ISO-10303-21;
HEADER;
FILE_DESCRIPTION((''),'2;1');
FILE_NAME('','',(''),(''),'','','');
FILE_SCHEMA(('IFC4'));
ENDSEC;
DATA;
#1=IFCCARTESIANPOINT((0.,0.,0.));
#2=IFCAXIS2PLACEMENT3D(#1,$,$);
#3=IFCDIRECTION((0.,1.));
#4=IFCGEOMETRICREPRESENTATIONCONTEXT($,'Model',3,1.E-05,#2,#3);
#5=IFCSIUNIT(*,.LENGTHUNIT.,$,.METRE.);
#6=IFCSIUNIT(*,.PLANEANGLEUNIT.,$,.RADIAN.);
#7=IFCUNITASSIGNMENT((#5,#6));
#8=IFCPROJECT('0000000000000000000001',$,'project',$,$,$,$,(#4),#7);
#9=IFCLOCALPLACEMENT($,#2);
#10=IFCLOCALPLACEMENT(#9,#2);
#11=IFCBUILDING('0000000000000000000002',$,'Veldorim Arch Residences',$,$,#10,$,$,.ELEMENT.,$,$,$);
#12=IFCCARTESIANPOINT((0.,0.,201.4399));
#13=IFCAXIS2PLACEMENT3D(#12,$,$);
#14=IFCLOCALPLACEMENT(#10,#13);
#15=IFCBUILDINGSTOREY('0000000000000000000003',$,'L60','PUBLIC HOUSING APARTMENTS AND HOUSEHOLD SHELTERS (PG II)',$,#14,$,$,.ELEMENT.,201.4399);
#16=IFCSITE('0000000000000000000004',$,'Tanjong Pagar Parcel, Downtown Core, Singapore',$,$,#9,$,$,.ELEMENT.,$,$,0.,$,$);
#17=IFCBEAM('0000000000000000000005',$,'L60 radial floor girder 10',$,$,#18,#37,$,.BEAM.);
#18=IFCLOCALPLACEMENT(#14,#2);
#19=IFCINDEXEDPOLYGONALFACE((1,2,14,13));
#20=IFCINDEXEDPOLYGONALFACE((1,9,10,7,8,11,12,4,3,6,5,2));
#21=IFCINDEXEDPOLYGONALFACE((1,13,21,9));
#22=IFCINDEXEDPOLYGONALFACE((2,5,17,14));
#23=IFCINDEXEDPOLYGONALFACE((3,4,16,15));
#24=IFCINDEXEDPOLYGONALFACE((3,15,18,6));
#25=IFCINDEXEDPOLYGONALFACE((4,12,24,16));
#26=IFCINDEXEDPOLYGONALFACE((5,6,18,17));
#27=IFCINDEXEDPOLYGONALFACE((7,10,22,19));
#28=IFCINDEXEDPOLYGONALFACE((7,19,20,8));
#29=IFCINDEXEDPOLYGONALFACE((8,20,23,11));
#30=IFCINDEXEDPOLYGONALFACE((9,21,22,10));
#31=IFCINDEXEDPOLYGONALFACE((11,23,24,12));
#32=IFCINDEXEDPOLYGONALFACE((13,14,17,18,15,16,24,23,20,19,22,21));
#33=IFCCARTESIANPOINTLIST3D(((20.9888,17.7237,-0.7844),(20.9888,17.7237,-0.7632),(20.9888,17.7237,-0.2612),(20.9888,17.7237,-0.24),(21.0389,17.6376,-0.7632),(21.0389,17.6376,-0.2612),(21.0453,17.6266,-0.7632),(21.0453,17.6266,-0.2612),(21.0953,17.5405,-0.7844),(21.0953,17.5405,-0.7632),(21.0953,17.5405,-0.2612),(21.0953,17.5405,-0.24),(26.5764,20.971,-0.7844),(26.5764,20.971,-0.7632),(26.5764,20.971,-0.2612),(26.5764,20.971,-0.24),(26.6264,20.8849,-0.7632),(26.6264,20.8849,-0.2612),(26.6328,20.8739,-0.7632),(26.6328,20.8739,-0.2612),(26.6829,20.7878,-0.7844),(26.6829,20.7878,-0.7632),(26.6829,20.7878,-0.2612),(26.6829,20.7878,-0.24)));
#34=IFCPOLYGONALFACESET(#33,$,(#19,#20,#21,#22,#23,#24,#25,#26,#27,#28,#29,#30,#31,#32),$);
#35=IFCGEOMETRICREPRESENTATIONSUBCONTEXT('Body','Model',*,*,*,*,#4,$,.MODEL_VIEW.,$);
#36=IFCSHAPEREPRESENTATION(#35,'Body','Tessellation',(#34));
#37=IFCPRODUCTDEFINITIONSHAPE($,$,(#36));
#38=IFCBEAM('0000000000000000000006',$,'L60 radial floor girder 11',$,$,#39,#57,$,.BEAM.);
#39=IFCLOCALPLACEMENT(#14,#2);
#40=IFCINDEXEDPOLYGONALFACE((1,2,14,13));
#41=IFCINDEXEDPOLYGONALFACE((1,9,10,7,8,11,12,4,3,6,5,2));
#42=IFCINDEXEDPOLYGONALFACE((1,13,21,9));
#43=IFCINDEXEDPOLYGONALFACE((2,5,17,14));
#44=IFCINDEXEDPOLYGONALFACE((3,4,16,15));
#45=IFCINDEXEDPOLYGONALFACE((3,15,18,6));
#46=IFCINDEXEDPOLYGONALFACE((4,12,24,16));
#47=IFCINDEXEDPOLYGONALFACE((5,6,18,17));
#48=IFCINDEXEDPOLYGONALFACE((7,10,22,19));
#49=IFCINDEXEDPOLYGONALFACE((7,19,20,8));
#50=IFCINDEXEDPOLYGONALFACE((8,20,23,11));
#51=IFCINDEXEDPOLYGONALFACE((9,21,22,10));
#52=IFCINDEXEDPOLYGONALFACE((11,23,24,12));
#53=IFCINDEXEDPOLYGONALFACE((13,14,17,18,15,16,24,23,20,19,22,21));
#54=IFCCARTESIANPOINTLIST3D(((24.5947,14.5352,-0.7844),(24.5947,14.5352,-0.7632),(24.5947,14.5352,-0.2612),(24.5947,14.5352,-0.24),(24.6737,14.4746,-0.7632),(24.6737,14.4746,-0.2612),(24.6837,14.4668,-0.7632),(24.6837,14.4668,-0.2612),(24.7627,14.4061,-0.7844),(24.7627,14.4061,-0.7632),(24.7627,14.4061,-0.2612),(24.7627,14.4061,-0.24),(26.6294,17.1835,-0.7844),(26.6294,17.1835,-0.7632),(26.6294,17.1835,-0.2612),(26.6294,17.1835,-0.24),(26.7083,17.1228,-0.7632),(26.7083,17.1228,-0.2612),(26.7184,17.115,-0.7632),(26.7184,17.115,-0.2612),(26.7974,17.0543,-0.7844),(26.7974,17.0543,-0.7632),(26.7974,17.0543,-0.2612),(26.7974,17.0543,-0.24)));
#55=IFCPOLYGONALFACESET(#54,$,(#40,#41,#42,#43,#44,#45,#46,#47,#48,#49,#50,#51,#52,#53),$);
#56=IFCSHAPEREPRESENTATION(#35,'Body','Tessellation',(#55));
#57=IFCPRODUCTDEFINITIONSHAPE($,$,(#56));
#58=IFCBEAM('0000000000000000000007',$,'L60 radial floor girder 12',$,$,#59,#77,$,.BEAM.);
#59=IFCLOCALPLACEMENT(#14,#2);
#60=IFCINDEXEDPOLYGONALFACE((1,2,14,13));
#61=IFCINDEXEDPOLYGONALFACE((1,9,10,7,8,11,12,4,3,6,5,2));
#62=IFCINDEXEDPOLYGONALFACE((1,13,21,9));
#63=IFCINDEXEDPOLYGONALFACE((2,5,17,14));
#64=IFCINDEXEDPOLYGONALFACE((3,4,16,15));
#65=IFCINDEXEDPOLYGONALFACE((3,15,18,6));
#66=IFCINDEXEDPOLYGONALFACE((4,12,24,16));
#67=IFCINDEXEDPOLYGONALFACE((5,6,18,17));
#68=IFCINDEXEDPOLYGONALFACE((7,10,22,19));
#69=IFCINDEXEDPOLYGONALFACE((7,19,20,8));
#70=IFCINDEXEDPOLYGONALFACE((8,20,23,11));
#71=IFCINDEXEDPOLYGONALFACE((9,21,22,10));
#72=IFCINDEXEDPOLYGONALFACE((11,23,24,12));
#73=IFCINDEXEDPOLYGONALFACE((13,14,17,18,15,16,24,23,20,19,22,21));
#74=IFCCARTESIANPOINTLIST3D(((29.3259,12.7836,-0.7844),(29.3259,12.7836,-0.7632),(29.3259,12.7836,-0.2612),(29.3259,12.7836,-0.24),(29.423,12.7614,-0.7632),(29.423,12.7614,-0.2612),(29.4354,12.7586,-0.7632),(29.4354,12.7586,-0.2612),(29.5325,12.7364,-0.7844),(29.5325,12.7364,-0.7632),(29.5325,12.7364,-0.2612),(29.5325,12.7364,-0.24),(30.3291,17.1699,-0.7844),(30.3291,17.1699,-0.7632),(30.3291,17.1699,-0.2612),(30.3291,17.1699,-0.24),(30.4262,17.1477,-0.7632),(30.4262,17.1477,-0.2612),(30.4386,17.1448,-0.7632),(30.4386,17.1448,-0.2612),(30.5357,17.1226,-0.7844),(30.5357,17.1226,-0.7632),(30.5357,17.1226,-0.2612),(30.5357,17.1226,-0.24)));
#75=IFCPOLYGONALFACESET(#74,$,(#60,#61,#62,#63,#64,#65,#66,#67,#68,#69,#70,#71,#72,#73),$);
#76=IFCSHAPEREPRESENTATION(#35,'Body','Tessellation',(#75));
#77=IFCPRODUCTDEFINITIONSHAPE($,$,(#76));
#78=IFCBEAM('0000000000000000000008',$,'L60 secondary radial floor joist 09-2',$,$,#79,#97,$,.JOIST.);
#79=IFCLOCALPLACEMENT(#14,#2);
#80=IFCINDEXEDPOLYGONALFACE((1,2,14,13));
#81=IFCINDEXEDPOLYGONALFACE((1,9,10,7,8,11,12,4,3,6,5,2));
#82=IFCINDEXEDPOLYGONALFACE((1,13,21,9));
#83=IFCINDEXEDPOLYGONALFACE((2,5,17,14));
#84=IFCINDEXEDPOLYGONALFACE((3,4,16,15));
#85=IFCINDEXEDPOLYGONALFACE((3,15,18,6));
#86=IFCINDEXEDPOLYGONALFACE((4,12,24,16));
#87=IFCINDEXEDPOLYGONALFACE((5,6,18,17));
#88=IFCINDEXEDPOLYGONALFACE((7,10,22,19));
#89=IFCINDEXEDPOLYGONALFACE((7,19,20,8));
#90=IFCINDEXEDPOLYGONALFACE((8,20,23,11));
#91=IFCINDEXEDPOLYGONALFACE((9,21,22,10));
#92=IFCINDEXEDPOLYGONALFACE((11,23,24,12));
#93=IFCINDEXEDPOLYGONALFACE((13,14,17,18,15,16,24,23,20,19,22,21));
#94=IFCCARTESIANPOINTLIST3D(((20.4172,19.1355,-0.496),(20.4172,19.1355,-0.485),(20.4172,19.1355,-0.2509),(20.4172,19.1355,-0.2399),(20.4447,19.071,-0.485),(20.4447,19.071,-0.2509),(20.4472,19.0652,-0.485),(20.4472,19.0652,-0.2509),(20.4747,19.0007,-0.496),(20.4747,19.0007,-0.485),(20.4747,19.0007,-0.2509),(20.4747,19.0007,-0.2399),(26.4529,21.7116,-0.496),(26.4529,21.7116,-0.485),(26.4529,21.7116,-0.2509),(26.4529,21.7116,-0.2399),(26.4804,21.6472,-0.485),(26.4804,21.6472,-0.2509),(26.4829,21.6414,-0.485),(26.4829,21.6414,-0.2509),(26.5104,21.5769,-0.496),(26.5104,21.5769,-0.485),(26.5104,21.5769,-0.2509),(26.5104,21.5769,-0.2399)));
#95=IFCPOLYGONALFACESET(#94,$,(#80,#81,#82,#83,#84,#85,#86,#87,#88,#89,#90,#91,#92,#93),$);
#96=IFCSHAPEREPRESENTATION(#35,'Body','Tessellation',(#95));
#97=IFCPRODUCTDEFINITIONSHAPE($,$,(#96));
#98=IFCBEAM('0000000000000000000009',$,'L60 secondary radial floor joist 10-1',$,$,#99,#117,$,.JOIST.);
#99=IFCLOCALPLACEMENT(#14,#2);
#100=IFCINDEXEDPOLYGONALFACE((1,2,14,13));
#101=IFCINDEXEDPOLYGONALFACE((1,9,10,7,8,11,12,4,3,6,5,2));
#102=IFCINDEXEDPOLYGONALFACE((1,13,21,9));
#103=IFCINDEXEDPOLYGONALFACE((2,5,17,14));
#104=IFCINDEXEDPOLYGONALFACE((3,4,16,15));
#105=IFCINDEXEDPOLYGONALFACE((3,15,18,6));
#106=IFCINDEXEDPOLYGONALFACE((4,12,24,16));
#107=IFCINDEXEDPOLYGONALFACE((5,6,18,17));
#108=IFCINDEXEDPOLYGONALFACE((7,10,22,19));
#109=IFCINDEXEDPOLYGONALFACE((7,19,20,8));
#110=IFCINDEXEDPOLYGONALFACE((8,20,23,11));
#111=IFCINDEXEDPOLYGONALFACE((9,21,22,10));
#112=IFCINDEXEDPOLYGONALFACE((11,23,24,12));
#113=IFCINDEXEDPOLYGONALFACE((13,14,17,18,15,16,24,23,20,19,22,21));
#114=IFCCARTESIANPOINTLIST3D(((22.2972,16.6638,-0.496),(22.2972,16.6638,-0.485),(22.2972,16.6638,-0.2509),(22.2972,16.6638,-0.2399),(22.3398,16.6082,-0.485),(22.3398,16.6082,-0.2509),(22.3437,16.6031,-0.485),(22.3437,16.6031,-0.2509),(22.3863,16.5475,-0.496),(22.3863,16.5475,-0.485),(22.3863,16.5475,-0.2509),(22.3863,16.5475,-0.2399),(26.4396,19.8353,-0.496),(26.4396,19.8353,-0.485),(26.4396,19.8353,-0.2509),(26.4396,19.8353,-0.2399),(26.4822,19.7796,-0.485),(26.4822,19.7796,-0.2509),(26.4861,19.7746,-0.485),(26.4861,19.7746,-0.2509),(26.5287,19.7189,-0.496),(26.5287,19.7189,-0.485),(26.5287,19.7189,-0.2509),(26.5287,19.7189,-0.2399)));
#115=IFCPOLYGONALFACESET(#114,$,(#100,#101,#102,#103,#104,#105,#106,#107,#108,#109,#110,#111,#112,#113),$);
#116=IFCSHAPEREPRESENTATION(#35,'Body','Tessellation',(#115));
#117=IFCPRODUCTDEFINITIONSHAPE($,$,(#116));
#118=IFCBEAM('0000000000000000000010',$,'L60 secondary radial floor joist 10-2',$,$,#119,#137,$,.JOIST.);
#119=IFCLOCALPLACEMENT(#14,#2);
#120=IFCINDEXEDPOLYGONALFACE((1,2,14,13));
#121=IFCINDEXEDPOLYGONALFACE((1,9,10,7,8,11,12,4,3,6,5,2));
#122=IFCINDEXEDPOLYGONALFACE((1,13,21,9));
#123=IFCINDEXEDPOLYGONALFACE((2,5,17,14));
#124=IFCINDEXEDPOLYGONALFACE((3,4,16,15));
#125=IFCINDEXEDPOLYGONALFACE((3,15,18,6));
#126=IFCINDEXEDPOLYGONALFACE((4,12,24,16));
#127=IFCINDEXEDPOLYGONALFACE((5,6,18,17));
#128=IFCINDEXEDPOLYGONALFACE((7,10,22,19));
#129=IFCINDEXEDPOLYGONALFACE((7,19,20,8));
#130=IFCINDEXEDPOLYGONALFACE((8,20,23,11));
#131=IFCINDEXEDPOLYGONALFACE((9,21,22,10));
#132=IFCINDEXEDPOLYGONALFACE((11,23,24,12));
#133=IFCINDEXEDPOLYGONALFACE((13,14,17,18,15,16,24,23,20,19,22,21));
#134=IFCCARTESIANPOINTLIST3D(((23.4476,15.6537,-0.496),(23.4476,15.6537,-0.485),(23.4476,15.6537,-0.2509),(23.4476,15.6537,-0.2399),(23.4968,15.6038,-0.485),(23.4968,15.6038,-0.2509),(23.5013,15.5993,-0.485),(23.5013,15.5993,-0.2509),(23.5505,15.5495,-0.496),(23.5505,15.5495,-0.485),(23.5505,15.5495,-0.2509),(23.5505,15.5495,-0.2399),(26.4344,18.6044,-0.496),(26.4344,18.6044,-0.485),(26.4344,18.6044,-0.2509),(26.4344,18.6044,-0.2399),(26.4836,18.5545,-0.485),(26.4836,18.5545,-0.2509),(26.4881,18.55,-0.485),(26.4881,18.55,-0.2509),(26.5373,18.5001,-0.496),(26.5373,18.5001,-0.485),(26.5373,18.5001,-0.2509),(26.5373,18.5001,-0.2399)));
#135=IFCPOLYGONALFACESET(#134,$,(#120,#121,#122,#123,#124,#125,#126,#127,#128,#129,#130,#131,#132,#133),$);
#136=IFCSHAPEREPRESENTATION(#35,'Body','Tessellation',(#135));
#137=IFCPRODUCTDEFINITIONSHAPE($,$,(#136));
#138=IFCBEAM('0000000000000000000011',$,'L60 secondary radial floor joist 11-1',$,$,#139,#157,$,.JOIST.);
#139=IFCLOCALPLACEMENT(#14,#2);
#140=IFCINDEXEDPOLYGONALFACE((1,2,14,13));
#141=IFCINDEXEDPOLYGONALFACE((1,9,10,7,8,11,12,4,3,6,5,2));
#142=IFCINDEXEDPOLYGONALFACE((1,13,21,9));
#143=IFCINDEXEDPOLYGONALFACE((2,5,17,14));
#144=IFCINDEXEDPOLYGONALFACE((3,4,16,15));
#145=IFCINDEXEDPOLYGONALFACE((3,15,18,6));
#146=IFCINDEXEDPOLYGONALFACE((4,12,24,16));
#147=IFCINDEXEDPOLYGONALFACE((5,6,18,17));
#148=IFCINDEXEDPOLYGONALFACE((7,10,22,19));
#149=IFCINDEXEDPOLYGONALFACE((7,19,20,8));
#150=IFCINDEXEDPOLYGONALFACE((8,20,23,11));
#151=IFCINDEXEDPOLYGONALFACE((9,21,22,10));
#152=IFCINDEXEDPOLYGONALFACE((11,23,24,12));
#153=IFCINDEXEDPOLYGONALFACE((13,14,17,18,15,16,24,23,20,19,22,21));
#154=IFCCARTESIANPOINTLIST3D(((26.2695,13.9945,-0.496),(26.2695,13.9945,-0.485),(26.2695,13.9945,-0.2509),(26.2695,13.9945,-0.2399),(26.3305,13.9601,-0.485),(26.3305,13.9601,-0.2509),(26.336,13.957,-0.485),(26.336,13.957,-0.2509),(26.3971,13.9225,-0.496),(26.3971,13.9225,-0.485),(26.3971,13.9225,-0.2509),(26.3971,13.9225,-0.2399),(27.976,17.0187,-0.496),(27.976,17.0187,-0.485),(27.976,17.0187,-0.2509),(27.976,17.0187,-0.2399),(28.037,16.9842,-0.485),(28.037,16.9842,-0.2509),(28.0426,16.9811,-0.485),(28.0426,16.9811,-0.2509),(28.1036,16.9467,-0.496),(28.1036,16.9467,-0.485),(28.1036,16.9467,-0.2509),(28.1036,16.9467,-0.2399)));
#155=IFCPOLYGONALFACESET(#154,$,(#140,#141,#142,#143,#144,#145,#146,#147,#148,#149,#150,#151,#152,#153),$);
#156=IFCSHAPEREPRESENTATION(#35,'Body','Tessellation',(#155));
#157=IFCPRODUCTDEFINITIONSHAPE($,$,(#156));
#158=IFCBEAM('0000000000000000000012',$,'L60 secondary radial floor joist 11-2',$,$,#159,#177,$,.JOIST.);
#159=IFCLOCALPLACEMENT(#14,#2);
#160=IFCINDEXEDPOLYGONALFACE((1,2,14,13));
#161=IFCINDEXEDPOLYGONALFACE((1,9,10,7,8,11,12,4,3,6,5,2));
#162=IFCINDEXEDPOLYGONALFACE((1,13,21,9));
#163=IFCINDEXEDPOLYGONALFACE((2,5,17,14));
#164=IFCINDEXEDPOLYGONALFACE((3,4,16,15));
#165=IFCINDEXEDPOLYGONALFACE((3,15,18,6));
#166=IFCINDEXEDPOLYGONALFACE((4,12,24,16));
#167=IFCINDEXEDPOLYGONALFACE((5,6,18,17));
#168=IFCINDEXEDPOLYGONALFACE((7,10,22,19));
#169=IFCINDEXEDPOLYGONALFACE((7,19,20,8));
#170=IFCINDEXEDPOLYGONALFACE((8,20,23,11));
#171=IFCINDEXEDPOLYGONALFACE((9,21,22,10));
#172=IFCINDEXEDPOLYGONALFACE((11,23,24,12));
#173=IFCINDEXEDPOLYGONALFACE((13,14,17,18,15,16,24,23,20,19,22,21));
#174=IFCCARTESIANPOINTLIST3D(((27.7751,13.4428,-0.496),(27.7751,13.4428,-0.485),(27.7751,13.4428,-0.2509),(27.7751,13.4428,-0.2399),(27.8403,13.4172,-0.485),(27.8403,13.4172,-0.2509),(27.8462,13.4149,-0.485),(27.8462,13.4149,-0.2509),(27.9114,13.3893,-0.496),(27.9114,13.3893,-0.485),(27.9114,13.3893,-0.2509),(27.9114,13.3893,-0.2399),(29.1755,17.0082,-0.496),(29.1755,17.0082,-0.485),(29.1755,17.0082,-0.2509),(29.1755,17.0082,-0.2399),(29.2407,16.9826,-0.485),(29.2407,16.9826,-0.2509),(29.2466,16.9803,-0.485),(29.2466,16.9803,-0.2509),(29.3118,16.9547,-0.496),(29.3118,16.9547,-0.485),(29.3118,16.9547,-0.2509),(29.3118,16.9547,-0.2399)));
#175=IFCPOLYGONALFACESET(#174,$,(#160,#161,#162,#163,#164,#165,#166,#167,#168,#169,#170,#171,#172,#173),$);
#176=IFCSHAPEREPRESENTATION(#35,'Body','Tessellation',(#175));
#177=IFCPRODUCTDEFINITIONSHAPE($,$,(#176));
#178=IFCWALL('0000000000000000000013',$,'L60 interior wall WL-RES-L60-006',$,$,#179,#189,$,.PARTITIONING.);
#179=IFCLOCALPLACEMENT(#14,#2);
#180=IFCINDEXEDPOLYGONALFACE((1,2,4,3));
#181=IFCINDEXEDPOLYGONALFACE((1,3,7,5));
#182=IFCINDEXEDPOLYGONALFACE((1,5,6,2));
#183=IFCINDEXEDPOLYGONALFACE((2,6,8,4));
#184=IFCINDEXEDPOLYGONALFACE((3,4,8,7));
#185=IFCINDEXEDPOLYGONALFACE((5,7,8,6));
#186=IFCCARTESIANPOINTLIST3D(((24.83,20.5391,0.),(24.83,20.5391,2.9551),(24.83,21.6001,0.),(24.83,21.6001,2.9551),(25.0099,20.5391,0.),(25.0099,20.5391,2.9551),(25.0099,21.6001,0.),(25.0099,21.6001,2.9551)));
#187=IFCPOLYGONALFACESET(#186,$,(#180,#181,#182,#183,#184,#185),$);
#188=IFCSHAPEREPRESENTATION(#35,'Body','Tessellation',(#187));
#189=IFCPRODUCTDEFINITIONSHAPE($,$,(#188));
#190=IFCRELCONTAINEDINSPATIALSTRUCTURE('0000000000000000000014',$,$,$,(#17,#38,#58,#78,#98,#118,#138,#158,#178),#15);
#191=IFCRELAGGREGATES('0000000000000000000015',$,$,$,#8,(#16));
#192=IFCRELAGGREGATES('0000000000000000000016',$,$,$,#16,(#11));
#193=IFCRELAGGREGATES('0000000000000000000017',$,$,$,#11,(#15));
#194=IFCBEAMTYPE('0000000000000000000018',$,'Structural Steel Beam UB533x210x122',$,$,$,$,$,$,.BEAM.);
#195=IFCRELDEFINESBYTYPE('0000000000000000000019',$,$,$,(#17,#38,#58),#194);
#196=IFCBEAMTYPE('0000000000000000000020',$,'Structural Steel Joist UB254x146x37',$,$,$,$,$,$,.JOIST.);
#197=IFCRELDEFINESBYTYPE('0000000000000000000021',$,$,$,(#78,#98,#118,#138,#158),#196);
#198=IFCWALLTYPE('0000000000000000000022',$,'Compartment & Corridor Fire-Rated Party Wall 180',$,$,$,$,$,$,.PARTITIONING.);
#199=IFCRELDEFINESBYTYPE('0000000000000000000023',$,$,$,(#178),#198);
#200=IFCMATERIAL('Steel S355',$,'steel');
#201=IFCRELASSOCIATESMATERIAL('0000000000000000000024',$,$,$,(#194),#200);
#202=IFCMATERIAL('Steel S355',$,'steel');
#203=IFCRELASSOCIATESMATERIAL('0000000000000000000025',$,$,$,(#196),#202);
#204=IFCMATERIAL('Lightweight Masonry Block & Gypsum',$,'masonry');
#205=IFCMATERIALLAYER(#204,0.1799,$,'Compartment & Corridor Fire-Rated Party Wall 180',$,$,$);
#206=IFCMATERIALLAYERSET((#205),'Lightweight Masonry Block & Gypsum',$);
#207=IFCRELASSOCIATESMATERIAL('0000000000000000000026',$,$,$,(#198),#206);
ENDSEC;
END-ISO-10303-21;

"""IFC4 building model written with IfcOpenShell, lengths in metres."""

from ifc_helpers import new_model, si_unit, direction, frame, frame_2d, origin, origin_2d, place, context, subcontext, project, spatial, rectangle, i_section, extrude, material, layer, layer_set, material_profile, profile_set, type_object, element, save


model = new_model("IFC4")

# Units and contexts
model_context = context("Model", 3, precision=1e-05, world=origin(), true_north=direction((0.0, 1.0)))
body_context = subcontext(model_context, "Body", "Model", "MODEL_VIEW")
ifc_project = project(units=[si_unit("LENGTHUNIT", "METRE"), si_unit("PLANEANGLEUNIT", "RADIAN")], contexts=[model_context])

# Site, building, storey
site_placement = place(None, origin())
site = spatial("IfcSite", under=ifc_project, at=site_placement, Name="Tanjong Pagar Parcel, Downtown Core, Singapore", CompositionType="ELEMENT", RefElevation=0.0)
building_placement = place(site_placement, origin())
building = spatial("IfcBuilding", under=site, at=building_placement, Name="Veldorim Arch Residences", CompositionType="ELEMENT")
storey_placement = place(building_placement, frame((0.0, 0.0, 201.4399)))
storey = spatial("IfcBuildingStorey", under=building, at=storey_placement, Name="L60", Description="PUBLIC HOUSING APARTMENTS AND HOUSEHOLD SHELTERS (PG II)", CompositionType="ELEMENT", Elevation=201.4399)

# Beams
ifc_material_1 = material(Name="Steel S355", Category="steel")
ifc_material_profile_1 = material_profile(ifc_material_1, i_section(OverallWidth=0.2119, OverallDepth=0.5444, WebThickness=0.0127, FlangeThickness=0.0212, at=origin_2d()), Name="UB533x210x122")
ifc_profile_set_1 = profile_set([ifc_material_profile_1], Name="Steel S355")
beam_type_1 = type_object("IfcBeamType", Name="Structural Steel Beam UB533x210x122", PredefinedType="BEAM", material=ifc_profile_set_1)
beam_1_placement = place(storey_placement, frame((26.6296, 20.8794, -0.5122), z_axis=(-0.864596, -0.502468, 0.0), x_axis=(0.502468, -0.864596, 0.0)))
element("IfcBeam", 1, at=beam_1_placement, inside=storey, type_object=beam_type_1, Name="L60 radial floor girder 10", PredefinedType="BEAM", context=body_context, shape_type="SweptSolid", body=[
    extrude(i_section(OverallWidth=0.2119, OverallDepth=0.5444, WebThickness=0.0127, FlangeThickness=0.0212, at=origin_2d()), origin(), (0.0, 0.0, 1.0), 6.4626),
])
beam_2_placement = place(storey_placement, frame((26.7134, 17.1189, -0.5122), z_axis=(-0.609258, -0.792972, 0.0), x_axis=(0.792972, -0.609258, 0.0)))
element("IfcBeam", 2, at=beam_2_placement, inside=storey, type_object=beam_type_1, Name="L60 radial floor girder 11", PredefinedType="BEAM", context=body_context, shape_type="SweptSolid", body=[
    extrude(i_section(OverallWidth=0.2119, OverallDepth=0.5444, WebThickness=0.0127, FlangeThickness=0.0212, at=origin_2d()), origin(), (0.0, 0.0, 1.0), 3.3396),
])
beam_3_placement = place(storey_placement, frame((30.4324, 17.1462, -0.5122), z_axis=(-0.222953, -0.974829, 0.0), x_axis=(0.974829, -0.222953, 0.0)))
element("IfcBeam", 3, at=beam_3_placement, inside=storey, type_object=beam_type_1, Name="L60 radial floor girder 12", PredefinedType="BEAM", context=body_context, shape_type="SweptSolid", body=[
    extrude(i_section(OverallWidth=0.2119, OverallDepth=0.5444, WebThickness=0.0127, FlangeThickness=0.0212, at=origin_2d()), origin(), (0.0, 0.0, 1.0), 4.4995),
])
ifc_material_2 = material(Name="Steel S355", Category="steel")
ifc_material_profile_2 = material_profile(ifc_material_2, i_section(OverallWidth=0.1465, OverallDepth=0.2561, WebThickness=0.0063, FlangeThickness=0.011, at=origin_2d()), Name="UB254x146x37")
ifc_profile_set_2 = profile_set([ifc_material_profile_2], Name="Steel S355")
beam_type_2 = type_object("IfcBeamType", Name="Structural Steel Joist UB254x146x37", PredefinedType="JOIST", material=ifc_profile_set_2)
beam_4_placement = place(storey_placement, frame((26.4817, 21.6443, -0.3679), z_axis=(-0.919725, -0.392563, 0.0), x_axis=(0.392563, -0.919725, 0.0)))
element("IfcBeam", 4, at=beam_4_placement, inside=storey, type_object=beam_type_2, Name="L60 secondary radial floor joist 09-2", PredefinedType="JOIST", context=body_context, shape_type="SweptSolid", body=[
    extrude(i_section(OverallWidth=0.1465, OverallDepth=0.2561, WebThickness=0.0063, FlangeThickness=0.011, at=origin_2d()), origin(), (0.0, 0.0, 1.0), 6.5625),
])
beam_5_placement = place(storey_placement, frame((26.4841, 19.7771, -0.3679), z_axis=(-0.794014, -0.6079, 0.0), x_axis=(0.6079, -0.794014, 0.0)))
element("IfcBeam", 5, at=beam_5_placement, inside=storey, type_object=beam_type_2, Name="L60 secondary radial floor joist 10-1", PredefinedType="JOIST", context=body_context, shape_type="SweptSolid", body=[
    extrude(i_section(OverallWidth=0.1465, OverallDepth=0.2561, WebThickness=0.0063, FlangeThickness=0.011, at=origin_2d()), origin(), (0.0, 0.0, 1.0), 5.217),
])
beam_6_placement = place(storey_placement, frame((26.4858, 18.5522, -0.3679), z_axis=(-0.711397, -0.702791, 0.0), x_axis=(0.702791, -0.711397, 0.0)))
element("IfcBeam", 6, at=beam_6_placement, inside=storey, type_object=beam_type_2, Name="L60 secondary radial floor joist 10-2", PredefinedType="JOIST", context=body_context, shape_type="SweptSolid", body=[
    extrude(i_section(OverallWidth=0.1465, OverallDepth=0.2561, WebThickness=0.0063, FlangeThickness=0.011, at=origin_2d()), origin(), (0.0, 0.0, 1.0), 4.1985),
])
beam_7_placement = place(storey_placement, frame((28.0398, 16.9827, -0.3679), z_axis=(-0.491452, -0.870904, 0.0), x_axis=(0.870904, -0.491452, 0.0)))
element("IfcBeam", 7, at=beam_7_placement, inside=storey, type_object=beam_type_2, Name="L60 secondary radial floor joist 11-1", PredefinedType="JOIST", context=body_context, shape_type="SweptSolid", body=[
    extrude(i_section(OverallWidth=0.1465, OverallDepth=0.2561, WebThickness=0.0063, FlangeThickness=0.011, at=origin_2d()), origin(), (0.0, 0.0, 1.0), 3.4724),
])
beam_8_placement = place(storey_placement, frame((29.2437, 16.9814, -0.3679), z_axis=(-0.365581, -0.930779, 0.0), x_axis=(0.930779, -0.365581, 0.0)))
element("IfcBeam", 8, at=beam_8_placement, inside=storey, type_object=beam_type_2, Name="L60 secondary radial floor joist 11-2", PredefinedType="JOIST", context=body_context, shape_type="SweptSolid", body=[
    extrude(i_section(OverallWidth=0.1465, OverallDepth=0.2561, WebThickness=0.0063, FlangeThickness=0.011, at=origin_2d()), origin(), (0.0, 0.0, 1.0), 3.8306),
])

# Wall
ifc_material_3 = material(Name="Lightweight Masonry Block & Gypsum", Category="masonry")
ifc_layer_1 = layer(ifc_material_3, 0.1799, Name="Compartment & Corridor Fire-Rated Party Wall 180")
ifc_layer_set_1 = layer_set([ifc_layer_1], Name="Lightweight Masonry Block & Gypsum")
wall_type_1 = type_object("IfcWallType", Name="Compartment & Corridor Fire-Rated Party Wall 180", PredefinedType="PARTITIONING", material=ifc_layer_set_1)
wall_1_placement = place(storey_placement, frame((24.9199, 20.5391, 0.0), z_axis=(0.0, 0.0, 1.0), x_axis=(0.0, 1.0, 0.0)))
element("IfcWall", 9, at=wall_1_placement, inside=storey, type_object=wall_type_1, Name="L60 interior wall WL-RES-L60-006", PredefinedType="PARTITIONING", context=body_context, shape_type="SweptSolid", body=[
    extrude(rectangle(XDim=1.061, YDim=0.1799, at=frame_2d((0.5305, 0.0))), origin(), (0.0, 0.0, 1.0), 2.9551),
])

save(model, "model.ifc")
